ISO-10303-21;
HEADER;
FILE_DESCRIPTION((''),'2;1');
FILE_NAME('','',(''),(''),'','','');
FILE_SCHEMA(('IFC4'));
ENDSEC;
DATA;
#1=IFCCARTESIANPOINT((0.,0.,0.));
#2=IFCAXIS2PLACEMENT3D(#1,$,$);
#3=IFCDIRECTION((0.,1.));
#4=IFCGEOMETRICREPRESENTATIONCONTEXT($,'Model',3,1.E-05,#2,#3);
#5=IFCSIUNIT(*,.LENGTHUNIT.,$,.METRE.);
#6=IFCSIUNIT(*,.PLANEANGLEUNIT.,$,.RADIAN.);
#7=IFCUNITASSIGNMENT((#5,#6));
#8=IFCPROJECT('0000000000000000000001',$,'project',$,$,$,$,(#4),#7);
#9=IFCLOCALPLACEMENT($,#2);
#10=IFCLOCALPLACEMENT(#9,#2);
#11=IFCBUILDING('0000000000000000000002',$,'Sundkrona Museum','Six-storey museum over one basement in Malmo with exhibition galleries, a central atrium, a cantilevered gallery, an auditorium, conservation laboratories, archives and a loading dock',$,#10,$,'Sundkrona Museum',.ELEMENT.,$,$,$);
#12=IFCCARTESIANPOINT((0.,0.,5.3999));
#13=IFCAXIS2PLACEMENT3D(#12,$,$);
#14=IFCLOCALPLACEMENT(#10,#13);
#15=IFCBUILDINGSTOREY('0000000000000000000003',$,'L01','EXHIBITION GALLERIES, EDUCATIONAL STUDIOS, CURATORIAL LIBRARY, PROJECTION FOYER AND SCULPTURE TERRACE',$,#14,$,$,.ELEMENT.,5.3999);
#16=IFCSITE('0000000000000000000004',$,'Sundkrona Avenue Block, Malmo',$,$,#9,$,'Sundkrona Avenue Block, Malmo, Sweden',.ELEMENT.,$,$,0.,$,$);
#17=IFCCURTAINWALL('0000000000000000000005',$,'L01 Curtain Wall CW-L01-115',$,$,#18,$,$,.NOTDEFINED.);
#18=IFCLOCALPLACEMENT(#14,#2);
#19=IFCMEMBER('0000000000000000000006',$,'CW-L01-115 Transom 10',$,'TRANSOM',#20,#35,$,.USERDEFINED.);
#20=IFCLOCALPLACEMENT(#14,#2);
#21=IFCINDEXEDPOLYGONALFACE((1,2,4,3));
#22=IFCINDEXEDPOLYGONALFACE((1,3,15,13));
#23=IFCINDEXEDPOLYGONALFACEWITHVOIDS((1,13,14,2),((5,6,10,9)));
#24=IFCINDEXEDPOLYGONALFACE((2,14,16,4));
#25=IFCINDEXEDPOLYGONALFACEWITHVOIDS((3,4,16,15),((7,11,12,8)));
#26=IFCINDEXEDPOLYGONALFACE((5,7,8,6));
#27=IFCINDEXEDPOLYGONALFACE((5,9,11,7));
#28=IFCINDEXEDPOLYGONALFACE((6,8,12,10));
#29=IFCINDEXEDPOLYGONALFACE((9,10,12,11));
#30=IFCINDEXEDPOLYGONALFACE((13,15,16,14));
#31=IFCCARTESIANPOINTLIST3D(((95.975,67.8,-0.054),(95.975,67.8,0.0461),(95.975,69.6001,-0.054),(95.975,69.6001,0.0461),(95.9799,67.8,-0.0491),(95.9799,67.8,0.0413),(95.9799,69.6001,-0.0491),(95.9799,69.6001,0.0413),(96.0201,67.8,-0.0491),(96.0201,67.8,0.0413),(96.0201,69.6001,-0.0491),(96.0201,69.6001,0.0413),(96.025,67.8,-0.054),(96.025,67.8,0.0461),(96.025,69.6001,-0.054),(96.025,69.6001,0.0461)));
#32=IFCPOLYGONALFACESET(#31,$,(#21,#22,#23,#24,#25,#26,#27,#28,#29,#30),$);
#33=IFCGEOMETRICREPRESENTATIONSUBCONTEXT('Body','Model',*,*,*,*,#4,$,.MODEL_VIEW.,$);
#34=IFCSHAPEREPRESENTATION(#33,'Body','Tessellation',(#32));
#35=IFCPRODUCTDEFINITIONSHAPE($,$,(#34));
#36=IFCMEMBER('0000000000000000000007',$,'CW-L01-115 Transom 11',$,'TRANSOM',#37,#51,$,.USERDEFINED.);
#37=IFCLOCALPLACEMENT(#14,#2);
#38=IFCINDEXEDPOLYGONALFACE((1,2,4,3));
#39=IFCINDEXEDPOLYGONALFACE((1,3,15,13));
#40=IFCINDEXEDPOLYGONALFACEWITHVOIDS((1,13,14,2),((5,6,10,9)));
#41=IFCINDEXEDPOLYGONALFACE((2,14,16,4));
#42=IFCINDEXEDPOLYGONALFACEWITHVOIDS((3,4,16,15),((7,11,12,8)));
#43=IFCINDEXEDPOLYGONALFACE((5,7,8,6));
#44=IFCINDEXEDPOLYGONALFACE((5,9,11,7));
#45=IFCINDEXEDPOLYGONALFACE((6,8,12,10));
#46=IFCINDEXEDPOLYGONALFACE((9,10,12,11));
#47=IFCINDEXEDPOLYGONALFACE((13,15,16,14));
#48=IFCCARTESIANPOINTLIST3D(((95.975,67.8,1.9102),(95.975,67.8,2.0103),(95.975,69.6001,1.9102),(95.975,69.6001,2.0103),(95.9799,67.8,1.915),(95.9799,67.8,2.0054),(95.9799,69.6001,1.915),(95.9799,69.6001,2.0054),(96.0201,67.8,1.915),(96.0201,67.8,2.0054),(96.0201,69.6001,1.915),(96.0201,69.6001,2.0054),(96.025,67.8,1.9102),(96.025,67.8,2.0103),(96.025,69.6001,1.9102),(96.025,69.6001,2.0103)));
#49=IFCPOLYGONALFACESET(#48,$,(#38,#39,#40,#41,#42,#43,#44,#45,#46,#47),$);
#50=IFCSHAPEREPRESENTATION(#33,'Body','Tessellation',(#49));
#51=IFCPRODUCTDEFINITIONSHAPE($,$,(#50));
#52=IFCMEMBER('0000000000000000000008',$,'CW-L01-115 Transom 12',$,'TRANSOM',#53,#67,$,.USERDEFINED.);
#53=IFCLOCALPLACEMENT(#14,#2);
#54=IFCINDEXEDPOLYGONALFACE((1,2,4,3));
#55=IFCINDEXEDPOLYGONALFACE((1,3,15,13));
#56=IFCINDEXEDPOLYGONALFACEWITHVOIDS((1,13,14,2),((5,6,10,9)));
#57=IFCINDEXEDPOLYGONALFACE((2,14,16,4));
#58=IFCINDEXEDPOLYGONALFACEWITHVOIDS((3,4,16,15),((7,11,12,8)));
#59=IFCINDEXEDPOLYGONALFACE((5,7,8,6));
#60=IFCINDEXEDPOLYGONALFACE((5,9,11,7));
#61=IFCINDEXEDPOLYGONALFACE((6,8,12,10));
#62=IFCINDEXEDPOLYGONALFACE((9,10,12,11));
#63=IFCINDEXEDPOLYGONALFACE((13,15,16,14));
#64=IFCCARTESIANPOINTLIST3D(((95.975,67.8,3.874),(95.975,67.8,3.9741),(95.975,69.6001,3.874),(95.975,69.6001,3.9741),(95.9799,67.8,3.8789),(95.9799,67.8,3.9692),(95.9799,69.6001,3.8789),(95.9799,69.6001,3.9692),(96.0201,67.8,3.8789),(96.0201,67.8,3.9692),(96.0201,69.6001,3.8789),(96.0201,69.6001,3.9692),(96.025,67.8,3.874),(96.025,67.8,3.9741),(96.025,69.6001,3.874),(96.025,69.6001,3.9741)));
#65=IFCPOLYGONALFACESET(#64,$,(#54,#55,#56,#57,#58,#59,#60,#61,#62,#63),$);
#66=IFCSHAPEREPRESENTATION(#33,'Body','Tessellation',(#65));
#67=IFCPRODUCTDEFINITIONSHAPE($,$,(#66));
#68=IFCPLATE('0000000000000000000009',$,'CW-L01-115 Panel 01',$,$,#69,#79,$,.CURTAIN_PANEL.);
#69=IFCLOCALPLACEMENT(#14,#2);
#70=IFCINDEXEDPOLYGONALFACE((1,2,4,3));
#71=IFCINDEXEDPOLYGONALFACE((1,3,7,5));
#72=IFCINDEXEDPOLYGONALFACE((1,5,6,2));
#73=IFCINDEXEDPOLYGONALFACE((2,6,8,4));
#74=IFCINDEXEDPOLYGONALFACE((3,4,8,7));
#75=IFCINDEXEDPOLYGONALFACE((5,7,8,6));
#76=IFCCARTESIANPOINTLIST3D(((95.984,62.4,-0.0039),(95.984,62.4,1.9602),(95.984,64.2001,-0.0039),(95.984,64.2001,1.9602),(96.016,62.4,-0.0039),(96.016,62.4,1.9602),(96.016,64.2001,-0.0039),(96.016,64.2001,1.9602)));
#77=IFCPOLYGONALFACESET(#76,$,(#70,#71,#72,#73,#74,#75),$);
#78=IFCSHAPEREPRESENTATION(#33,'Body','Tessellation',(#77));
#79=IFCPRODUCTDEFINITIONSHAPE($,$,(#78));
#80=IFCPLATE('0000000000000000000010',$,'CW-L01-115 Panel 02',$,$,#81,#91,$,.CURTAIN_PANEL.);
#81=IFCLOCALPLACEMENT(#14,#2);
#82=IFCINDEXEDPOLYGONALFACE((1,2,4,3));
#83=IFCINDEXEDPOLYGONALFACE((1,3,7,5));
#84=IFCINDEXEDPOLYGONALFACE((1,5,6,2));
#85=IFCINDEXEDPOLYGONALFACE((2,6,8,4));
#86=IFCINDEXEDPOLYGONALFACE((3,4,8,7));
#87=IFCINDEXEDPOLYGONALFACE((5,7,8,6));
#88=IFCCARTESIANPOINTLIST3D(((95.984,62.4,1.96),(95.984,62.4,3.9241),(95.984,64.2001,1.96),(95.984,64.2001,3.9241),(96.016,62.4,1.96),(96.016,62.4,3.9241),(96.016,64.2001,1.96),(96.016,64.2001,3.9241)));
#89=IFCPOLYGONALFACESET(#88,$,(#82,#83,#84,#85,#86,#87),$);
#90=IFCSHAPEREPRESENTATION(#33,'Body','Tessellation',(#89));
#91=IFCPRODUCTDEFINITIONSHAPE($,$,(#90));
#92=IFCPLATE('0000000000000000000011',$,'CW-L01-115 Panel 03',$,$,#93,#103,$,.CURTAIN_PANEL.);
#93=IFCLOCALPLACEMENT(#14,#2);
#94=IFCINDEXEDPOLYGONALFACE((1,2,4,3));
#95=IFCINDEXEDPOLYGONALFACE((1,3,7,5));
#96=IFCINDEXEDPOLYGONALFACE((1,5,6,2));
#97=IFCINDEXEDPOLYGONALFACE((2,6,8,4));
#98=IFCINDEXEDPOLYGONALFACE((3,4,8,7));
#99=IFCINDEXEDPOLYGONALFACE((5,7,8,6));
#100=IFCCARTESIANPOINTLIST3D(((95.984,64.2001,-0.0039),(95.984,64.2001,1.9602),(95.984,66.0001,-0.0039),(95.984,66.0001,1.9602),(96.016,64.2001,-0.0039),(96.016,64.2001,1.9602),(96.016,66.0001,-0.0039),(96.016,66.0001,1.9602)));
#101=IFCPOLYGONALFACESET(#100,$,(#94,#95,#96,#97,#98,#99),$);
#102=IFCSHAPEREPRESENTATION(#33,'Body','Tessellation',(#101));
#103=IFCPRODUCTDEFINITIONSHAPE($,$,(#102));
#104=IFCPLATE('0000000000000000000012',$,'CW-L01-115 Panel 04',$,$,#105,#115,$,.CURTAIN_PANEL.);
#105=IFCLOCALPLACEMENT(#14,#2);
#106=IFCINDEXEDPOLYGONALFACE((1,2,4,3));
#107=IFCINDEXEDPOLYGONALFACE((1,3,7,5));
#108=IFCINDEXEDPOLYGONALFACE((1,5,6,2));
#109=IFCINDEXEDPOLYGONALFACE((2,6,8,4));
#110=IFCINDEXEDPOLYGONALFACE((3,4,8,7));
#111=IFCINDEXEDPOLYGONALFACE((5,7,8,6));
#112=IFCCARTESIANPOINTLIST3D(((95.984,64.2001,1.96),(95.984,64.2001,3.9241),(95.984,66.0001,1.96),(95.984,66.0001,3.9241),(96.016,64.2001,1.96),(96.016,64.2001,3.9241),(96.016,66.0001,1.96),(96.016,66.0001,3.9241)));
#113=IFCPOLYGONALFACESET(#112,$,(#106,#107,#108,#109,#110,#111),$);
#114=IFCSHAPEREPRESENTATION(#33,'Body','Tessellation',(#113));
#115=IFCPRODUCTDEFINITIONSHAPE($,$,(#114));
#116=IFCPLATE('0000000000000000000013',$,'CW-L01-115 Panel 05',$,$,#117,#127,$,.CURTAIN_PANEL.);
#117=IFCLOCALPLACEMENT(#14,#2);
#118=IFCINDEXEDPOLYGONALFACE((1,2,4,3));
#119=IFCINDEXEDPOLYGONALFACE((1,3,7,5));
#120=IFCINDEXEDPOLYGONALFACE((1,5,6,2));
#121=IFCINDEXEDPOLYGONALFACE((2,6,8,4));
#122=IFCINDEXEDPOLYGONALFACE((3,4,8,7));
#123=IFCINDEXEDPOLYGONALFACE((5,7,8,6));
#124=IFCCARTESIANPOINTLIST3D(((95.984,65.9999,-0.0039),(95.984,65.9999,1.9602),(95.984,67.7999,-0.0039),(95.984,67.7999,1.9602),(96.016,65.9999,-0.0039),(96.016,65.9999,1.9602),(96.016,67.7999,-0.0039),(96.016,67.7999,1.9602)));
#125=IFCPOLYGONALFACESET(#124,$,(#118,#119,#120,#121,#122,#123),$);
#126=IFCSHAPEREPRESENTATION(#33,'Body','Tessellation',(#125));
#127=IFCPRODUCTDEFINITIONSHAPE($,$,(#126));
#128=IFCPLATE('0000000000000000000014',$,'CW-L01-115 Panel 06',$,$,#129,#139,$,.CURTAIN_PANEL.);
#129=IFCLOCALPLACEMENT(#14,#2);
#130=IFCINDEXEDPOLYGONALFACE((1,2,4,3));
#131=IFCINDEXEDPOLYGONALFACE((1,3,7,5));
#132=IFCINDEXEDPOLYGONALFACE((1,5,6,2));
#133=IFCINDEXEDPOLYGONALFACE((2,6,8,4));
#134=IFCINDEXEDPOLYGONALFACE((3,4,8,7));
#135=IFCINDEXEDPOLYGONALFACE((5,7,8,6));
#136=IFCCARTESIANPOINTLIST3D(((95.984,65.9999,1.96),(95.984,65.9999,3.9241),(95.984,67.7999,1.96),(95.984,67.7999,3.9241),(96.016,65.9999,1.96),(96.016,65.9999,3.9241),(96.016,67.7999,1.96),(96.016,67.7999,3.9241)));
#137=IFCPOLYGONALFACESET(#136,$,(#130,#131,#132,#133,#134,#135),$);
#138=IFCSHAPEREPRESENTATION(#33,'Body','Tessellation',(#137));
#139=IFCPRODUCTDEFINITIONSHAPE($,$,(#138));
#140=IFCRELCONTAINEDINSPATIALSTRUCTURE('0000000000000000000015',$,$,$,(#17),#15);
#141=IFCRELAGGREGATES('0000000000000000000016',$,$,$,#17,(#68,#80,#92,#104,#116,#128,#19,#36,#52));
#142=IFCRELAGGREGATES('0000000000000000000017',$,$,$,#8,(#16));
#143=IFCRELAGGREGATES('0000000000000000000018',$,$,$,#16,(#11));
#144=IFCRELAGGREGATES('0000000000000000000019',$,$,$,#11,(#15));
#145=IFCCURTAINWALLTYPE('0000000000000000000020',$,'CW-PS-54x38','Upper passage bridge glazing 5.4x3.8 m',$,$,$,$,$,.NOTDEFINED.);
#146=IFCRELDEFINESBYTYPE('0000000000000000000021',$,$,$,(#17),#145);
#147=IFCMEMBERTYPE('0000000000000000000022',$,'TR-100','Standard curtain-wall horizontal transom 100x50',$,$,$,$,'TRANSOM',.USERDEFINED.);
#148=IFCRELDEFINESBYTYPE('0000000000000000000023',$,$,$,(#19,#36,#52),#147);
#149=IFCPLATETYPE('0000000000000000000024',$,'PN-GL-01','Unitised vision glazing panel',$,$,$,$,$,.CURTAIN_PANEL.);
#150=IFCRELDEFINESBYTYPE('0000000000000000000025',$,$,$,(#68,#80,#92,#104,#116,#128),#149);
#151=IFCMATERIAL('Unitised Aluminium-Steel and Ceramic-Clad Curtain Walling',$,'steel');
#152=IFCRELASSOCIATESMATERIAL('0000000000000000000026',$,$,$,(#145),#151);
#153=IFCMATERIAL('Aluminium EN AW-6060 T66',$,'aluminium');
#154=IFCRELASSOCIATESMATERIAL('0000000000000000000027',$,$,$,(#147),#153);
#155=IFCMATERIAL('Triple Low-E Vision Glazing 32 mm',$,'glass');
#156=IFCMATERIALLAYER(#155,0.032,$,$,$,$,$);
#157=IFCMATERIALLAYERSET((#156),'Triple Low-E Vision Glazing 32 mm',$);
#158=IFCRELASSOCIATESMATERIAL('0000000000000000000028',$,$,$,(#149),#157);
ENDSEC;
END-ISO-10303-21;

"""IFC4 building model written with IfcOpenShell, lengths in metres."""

from ifc_helpers import new_model, si_unit, direction, frame, origin, origin_2d, place, context, subcontext, project, spatial, rectangle, hollow_rectangle, extrude, material, layer, layer_set, material_profile, profile_set, type_object, element, aggregate, save


model = new_model("IFC4")

# Units and contexts
model_context = context("Model", 3, precision=1e-05, world=origin(), true_north=direction((0.0, 1.0)))
body_context = subcontext(model_context, "Body", "Model", "MODEL_VIEW")
ifc_project = project(units=[si_unit("LENGTHUNIT", "METRE"), si_unit("PLANEANGLEUNIT", "RADIAN")], contexts=[model_context])

# Site, building, storey
site_placement = place(None, origin())
site = spatial("IfcSite", under=ifc_project, at=site_placement, Name="Sundkrona Avenue Block, Malmo", LongName="Sundkrona Avenue Block, Malmo, Sweden", CompositionType="ELEMENT", RefElevation=0.0)
building_placement = place(site_placement, origin())
building = spatial("IfcBuilding", under=site, at=building_placement, Name="Sundkrona Museum", Description="Six-storey museum over one basement in Malmo with exhibition galleries, a central atrium, a cantilevered gallery, an auditorium, conservation laboratories, archives and a loading dock", LongName="Sundkrona Museum", CompositionType="ELEMENT")
storey_placement = place(building_placement, frame((0.0, 0.0, 5.3999)))
storey = spatial("IfcBuildingStorey", under=building, at=storey_placement, Name="L01", Description="EXHIBITION GALLERIES, EDUCATIONAL STUDIOS, CURATORIAL LIBRARY, PROJECTION FOYER AND SCULPTURE TERRACE", CompositionType="ELEMENT", Elevation=5.3999)

# Curtain wall, members, plates
ifc_material_1 = material(Name="Unitised Aluminium-Steel and Ceramic-Clad Curtain Walling", Category="steel")
curtain_wall_type = type_object("IfcCurtainWallType", Name="CW-PS-54x38", Description="Upper passage bridge glazing 5.4x3.8 m", PredefinedType="NOTDEFINED", material=ifc_material_1)
curtain_wall_placement = place(storey_placement, origin())
curtain_wall = element("IfcCurtainWall", 1, at=curtain_wall_placement, inside=storey, type_object=curtain_wall_type, Name="L01 Curtain Wall CW-L01-115", PredefinedType="NOTDEFINED")
ifc_material_2 = material(Name="Aluminium EN AW-6060 T66", Category="aluminium")
ifc_material_profile_1 = material_profile(ifc_material_2, hollow_rectangle(XDim=0.05, YDim=0.1001, WallThickness=0.0049, at=origin_2d()), Name="RHS 100x50x5.0")
ifc_profile_set_1 = profile_set([ifc_material_profile_1], Name="Aluminium EN AW-6060 T66")
member_type_1 = type_object("IfcMemberType", Name="TR-100", Description="Standard curtain-wall horizontal transom 100x50", ElementType="TRANSOM", PredefinedType="USERDEFINED", material=ifc_profile_set_1)
member_1_placement = place(storey_placement, frame((96.0, 67.8, -0.0039), z_axis=(0.0, 1.0, 0.0), x_axis=(-1.0, 0.0, 0.0)))
member_1 = element("IfcMember", 2, at=member_1_placement, type_object=member_type_1, Name="CW-L01-115 Transom 10", ObjectType="TRANSOM", PredefinedType="USERDEFINED", context=body_context, shape_type="SweptSolid", body=[
    extrude(hollow_rectangle(XDim=0.05, YDim=0.1001, WallThickness=0.0049, at=origin_2d()), origin(), (0.0, 0.0, 1.0), 1.8),
])
member_2_placement = place(storey_placement, frame((96.0, 67.8, 1.9602), z_axis=(0.0, 1.0, 0.0), x_axis=(-1.0, 0.0, 0.0)))
member_2 = element("IfcMember", 3, at=member_2_placement, type_object=member_type_1, Name="CW-L01-115 Transom 11", ObjectType="TRANSOM", PredefinedType="USERDEFINED", context=body_context, shape_type="SweptSolid", body=[
    extrude(hollow_rectangle(XDim=0.05, YDim=0.1001, WallThickness=0.0049, at=origin_2d()), origin(), (0.0, 0.0, 1.0), 1.8),
])
member_3_placement = place(storey_placement, frame((96.0, 67.8, 3.9241), z_axis=(0.0, 1.0, 0.0), x_axis=(-1.0, 0.0, 0.0)))
member_3 = element("IfcMember", 4, at=member_3_placement, type_object=member_type_1, Name="CW-L01-115 Transom 12", ObjectType="TRANSOM", PredefinedType="USERDEFINED", context=body_context, shape_type="SweptSolid", body=[
    extrude(hollow_rectangle(XDim=0.05, YDim=0.1001, WallThickness=0.0049, at=origin_2d()), origin(), (0.0, 0.0, 1.0), 1.8),
])
ifc_material_3 = material(Name="Triple Low-E Vision Glazing 32 mm", Category="glass")
ifc_layer = layer(ifc_material_3, 0.032)
ifc_layer_set = layer_set([ifc_layer], Name="Triple Low-E Vision Glazing 32 mm")
plate_type = type_object("IfcPlateType", Name="PN-GL-01", Description="Unitised vision glazing panel", PredefinedType="CURTAIN_PANEL", material=ifc_layer_set)
plate_1_placement = place(storey_placement, frame((96.0, 63.3, -0.0039), z_axis=(0.0, 0.0, 1.0), x_axis=(0.0, 1.0, 0.0)))
plate_1 = element("IfcPlate", 5, at=plate_1_placement, type_object=plate_type, Name="CW-L01-115 Panel 01", PredefinedType="CURTAIN_PANEL", context=body_context, shape_type="SweptSolid", body=[
    extrude(rectangle(XDim=1.8, YDim=0.032, at=origin_2d()), origin(), (0.0, 0.0, 1.0), 1.9641),
])
plate_2_placement = place(storey_placement, frame((96.0, 63.3, 1.96), z_axis=(0.0, 0.0, 1.0), x_axis=(0.0, 1.0, 0.0)))
plate_2 = element("IfcPlate", 6, at=plate_2_placement, type_object=plate_type, Name="CW-L01-115 Panel 02", PredefinedType="CURTAIN_PANEL", context=body_context, shape_type="SweptSolid", body=[
    extrude(rectangle(XDim=1.8, YDim=0.032, at=origin_2d()), origin(), (0.0, 0.0, 1.0), 1.9641),
])
plate_3_placement = place(storey_placement, frame((96.0, 65.1001, -0.0039), z_axis=(0.0, 0.0, 1.0), x_axis=(0.0, 1.0, 0.0)))
plate_3 = element("IfcPlate", 7, at=plate_3_placement, type_object=plate_type, Name="CW-L01-115 Panel 03", PredefinedType="CURTAIN_PANEL", context=body_context, shape_type="SweptSolid", body=[
    extrude(rectangle(XDim=1.8, YDim=0.032, at=origin_2d()), origin(), (0.0, 0.0, 1.0), 1.9641),
])
plate_4_placement = place(storey_placement, frame((96.0, 65.1001, 1.96), z_axis=(0.0, 0.0, 1.0), x_axis=(0.0, 1.0, 0.0)))
plate_4 = element("IfcPlate", 8, at=plate_4_placement, type_object=plate_type, Name="CW-L01-115 Panel 04", PredefinedType="CURTAIN_PANEL", context=body_context, shape_type="SweptSolid", body=[
    extrude(rectangle(XDim=1.8, YDim=0.032, at=origin_2d()), origin(), (0.0, 0.0, 1.0), 1.9641),
])
plate_5_placement = place(storey_placement, frame((96.0, 66.8999, -0.0039), z_axis=(0.0, 0.0, 1.0), x_axis=(0.0, 1.0, 0.0)))
plate_5 = element("IfcPlate", 9, at=plate_5_placement, type_object=plate_type, Name="CW-L01-115 Panel 05", PredefinedType="CURTAIN_PANEL", context=body_context, shape_type="SweptSolid", body=[
    extrude(rectangle(XDim=1.8, YDim=0.032, at=origin_2d()), origin(), (0.0, 0.0, 1.0), 1.9641),
])
plate_6_placement = place(storey_placement, frame((96.0, 66.8999, 1.96), z_axis=(0.0, 0.0, 1.0), x_axis=(0.0, 1.0, 0.0)))
plate_6 = element("IfcPlate", 10, at=plate_6_placement, type_object=plate_type, Name="CW-L01-115 Panel 06", PredefinedType="CURTAIN_PANEL", context=body_context, shape_type="SweptSolid", body=[
    extrude(rectangle(XDim=1.8, YDim=0.032, at=origin_2d()), origin(), (0.0, 0.0, 1.0), 1.9641),
])
aggregate(curtain_wall, [plate_1, plate_2, plate_3, plate_4, plate_5, plate_6, member_1, member_2, member_3])

save(model, "model.ifc")
